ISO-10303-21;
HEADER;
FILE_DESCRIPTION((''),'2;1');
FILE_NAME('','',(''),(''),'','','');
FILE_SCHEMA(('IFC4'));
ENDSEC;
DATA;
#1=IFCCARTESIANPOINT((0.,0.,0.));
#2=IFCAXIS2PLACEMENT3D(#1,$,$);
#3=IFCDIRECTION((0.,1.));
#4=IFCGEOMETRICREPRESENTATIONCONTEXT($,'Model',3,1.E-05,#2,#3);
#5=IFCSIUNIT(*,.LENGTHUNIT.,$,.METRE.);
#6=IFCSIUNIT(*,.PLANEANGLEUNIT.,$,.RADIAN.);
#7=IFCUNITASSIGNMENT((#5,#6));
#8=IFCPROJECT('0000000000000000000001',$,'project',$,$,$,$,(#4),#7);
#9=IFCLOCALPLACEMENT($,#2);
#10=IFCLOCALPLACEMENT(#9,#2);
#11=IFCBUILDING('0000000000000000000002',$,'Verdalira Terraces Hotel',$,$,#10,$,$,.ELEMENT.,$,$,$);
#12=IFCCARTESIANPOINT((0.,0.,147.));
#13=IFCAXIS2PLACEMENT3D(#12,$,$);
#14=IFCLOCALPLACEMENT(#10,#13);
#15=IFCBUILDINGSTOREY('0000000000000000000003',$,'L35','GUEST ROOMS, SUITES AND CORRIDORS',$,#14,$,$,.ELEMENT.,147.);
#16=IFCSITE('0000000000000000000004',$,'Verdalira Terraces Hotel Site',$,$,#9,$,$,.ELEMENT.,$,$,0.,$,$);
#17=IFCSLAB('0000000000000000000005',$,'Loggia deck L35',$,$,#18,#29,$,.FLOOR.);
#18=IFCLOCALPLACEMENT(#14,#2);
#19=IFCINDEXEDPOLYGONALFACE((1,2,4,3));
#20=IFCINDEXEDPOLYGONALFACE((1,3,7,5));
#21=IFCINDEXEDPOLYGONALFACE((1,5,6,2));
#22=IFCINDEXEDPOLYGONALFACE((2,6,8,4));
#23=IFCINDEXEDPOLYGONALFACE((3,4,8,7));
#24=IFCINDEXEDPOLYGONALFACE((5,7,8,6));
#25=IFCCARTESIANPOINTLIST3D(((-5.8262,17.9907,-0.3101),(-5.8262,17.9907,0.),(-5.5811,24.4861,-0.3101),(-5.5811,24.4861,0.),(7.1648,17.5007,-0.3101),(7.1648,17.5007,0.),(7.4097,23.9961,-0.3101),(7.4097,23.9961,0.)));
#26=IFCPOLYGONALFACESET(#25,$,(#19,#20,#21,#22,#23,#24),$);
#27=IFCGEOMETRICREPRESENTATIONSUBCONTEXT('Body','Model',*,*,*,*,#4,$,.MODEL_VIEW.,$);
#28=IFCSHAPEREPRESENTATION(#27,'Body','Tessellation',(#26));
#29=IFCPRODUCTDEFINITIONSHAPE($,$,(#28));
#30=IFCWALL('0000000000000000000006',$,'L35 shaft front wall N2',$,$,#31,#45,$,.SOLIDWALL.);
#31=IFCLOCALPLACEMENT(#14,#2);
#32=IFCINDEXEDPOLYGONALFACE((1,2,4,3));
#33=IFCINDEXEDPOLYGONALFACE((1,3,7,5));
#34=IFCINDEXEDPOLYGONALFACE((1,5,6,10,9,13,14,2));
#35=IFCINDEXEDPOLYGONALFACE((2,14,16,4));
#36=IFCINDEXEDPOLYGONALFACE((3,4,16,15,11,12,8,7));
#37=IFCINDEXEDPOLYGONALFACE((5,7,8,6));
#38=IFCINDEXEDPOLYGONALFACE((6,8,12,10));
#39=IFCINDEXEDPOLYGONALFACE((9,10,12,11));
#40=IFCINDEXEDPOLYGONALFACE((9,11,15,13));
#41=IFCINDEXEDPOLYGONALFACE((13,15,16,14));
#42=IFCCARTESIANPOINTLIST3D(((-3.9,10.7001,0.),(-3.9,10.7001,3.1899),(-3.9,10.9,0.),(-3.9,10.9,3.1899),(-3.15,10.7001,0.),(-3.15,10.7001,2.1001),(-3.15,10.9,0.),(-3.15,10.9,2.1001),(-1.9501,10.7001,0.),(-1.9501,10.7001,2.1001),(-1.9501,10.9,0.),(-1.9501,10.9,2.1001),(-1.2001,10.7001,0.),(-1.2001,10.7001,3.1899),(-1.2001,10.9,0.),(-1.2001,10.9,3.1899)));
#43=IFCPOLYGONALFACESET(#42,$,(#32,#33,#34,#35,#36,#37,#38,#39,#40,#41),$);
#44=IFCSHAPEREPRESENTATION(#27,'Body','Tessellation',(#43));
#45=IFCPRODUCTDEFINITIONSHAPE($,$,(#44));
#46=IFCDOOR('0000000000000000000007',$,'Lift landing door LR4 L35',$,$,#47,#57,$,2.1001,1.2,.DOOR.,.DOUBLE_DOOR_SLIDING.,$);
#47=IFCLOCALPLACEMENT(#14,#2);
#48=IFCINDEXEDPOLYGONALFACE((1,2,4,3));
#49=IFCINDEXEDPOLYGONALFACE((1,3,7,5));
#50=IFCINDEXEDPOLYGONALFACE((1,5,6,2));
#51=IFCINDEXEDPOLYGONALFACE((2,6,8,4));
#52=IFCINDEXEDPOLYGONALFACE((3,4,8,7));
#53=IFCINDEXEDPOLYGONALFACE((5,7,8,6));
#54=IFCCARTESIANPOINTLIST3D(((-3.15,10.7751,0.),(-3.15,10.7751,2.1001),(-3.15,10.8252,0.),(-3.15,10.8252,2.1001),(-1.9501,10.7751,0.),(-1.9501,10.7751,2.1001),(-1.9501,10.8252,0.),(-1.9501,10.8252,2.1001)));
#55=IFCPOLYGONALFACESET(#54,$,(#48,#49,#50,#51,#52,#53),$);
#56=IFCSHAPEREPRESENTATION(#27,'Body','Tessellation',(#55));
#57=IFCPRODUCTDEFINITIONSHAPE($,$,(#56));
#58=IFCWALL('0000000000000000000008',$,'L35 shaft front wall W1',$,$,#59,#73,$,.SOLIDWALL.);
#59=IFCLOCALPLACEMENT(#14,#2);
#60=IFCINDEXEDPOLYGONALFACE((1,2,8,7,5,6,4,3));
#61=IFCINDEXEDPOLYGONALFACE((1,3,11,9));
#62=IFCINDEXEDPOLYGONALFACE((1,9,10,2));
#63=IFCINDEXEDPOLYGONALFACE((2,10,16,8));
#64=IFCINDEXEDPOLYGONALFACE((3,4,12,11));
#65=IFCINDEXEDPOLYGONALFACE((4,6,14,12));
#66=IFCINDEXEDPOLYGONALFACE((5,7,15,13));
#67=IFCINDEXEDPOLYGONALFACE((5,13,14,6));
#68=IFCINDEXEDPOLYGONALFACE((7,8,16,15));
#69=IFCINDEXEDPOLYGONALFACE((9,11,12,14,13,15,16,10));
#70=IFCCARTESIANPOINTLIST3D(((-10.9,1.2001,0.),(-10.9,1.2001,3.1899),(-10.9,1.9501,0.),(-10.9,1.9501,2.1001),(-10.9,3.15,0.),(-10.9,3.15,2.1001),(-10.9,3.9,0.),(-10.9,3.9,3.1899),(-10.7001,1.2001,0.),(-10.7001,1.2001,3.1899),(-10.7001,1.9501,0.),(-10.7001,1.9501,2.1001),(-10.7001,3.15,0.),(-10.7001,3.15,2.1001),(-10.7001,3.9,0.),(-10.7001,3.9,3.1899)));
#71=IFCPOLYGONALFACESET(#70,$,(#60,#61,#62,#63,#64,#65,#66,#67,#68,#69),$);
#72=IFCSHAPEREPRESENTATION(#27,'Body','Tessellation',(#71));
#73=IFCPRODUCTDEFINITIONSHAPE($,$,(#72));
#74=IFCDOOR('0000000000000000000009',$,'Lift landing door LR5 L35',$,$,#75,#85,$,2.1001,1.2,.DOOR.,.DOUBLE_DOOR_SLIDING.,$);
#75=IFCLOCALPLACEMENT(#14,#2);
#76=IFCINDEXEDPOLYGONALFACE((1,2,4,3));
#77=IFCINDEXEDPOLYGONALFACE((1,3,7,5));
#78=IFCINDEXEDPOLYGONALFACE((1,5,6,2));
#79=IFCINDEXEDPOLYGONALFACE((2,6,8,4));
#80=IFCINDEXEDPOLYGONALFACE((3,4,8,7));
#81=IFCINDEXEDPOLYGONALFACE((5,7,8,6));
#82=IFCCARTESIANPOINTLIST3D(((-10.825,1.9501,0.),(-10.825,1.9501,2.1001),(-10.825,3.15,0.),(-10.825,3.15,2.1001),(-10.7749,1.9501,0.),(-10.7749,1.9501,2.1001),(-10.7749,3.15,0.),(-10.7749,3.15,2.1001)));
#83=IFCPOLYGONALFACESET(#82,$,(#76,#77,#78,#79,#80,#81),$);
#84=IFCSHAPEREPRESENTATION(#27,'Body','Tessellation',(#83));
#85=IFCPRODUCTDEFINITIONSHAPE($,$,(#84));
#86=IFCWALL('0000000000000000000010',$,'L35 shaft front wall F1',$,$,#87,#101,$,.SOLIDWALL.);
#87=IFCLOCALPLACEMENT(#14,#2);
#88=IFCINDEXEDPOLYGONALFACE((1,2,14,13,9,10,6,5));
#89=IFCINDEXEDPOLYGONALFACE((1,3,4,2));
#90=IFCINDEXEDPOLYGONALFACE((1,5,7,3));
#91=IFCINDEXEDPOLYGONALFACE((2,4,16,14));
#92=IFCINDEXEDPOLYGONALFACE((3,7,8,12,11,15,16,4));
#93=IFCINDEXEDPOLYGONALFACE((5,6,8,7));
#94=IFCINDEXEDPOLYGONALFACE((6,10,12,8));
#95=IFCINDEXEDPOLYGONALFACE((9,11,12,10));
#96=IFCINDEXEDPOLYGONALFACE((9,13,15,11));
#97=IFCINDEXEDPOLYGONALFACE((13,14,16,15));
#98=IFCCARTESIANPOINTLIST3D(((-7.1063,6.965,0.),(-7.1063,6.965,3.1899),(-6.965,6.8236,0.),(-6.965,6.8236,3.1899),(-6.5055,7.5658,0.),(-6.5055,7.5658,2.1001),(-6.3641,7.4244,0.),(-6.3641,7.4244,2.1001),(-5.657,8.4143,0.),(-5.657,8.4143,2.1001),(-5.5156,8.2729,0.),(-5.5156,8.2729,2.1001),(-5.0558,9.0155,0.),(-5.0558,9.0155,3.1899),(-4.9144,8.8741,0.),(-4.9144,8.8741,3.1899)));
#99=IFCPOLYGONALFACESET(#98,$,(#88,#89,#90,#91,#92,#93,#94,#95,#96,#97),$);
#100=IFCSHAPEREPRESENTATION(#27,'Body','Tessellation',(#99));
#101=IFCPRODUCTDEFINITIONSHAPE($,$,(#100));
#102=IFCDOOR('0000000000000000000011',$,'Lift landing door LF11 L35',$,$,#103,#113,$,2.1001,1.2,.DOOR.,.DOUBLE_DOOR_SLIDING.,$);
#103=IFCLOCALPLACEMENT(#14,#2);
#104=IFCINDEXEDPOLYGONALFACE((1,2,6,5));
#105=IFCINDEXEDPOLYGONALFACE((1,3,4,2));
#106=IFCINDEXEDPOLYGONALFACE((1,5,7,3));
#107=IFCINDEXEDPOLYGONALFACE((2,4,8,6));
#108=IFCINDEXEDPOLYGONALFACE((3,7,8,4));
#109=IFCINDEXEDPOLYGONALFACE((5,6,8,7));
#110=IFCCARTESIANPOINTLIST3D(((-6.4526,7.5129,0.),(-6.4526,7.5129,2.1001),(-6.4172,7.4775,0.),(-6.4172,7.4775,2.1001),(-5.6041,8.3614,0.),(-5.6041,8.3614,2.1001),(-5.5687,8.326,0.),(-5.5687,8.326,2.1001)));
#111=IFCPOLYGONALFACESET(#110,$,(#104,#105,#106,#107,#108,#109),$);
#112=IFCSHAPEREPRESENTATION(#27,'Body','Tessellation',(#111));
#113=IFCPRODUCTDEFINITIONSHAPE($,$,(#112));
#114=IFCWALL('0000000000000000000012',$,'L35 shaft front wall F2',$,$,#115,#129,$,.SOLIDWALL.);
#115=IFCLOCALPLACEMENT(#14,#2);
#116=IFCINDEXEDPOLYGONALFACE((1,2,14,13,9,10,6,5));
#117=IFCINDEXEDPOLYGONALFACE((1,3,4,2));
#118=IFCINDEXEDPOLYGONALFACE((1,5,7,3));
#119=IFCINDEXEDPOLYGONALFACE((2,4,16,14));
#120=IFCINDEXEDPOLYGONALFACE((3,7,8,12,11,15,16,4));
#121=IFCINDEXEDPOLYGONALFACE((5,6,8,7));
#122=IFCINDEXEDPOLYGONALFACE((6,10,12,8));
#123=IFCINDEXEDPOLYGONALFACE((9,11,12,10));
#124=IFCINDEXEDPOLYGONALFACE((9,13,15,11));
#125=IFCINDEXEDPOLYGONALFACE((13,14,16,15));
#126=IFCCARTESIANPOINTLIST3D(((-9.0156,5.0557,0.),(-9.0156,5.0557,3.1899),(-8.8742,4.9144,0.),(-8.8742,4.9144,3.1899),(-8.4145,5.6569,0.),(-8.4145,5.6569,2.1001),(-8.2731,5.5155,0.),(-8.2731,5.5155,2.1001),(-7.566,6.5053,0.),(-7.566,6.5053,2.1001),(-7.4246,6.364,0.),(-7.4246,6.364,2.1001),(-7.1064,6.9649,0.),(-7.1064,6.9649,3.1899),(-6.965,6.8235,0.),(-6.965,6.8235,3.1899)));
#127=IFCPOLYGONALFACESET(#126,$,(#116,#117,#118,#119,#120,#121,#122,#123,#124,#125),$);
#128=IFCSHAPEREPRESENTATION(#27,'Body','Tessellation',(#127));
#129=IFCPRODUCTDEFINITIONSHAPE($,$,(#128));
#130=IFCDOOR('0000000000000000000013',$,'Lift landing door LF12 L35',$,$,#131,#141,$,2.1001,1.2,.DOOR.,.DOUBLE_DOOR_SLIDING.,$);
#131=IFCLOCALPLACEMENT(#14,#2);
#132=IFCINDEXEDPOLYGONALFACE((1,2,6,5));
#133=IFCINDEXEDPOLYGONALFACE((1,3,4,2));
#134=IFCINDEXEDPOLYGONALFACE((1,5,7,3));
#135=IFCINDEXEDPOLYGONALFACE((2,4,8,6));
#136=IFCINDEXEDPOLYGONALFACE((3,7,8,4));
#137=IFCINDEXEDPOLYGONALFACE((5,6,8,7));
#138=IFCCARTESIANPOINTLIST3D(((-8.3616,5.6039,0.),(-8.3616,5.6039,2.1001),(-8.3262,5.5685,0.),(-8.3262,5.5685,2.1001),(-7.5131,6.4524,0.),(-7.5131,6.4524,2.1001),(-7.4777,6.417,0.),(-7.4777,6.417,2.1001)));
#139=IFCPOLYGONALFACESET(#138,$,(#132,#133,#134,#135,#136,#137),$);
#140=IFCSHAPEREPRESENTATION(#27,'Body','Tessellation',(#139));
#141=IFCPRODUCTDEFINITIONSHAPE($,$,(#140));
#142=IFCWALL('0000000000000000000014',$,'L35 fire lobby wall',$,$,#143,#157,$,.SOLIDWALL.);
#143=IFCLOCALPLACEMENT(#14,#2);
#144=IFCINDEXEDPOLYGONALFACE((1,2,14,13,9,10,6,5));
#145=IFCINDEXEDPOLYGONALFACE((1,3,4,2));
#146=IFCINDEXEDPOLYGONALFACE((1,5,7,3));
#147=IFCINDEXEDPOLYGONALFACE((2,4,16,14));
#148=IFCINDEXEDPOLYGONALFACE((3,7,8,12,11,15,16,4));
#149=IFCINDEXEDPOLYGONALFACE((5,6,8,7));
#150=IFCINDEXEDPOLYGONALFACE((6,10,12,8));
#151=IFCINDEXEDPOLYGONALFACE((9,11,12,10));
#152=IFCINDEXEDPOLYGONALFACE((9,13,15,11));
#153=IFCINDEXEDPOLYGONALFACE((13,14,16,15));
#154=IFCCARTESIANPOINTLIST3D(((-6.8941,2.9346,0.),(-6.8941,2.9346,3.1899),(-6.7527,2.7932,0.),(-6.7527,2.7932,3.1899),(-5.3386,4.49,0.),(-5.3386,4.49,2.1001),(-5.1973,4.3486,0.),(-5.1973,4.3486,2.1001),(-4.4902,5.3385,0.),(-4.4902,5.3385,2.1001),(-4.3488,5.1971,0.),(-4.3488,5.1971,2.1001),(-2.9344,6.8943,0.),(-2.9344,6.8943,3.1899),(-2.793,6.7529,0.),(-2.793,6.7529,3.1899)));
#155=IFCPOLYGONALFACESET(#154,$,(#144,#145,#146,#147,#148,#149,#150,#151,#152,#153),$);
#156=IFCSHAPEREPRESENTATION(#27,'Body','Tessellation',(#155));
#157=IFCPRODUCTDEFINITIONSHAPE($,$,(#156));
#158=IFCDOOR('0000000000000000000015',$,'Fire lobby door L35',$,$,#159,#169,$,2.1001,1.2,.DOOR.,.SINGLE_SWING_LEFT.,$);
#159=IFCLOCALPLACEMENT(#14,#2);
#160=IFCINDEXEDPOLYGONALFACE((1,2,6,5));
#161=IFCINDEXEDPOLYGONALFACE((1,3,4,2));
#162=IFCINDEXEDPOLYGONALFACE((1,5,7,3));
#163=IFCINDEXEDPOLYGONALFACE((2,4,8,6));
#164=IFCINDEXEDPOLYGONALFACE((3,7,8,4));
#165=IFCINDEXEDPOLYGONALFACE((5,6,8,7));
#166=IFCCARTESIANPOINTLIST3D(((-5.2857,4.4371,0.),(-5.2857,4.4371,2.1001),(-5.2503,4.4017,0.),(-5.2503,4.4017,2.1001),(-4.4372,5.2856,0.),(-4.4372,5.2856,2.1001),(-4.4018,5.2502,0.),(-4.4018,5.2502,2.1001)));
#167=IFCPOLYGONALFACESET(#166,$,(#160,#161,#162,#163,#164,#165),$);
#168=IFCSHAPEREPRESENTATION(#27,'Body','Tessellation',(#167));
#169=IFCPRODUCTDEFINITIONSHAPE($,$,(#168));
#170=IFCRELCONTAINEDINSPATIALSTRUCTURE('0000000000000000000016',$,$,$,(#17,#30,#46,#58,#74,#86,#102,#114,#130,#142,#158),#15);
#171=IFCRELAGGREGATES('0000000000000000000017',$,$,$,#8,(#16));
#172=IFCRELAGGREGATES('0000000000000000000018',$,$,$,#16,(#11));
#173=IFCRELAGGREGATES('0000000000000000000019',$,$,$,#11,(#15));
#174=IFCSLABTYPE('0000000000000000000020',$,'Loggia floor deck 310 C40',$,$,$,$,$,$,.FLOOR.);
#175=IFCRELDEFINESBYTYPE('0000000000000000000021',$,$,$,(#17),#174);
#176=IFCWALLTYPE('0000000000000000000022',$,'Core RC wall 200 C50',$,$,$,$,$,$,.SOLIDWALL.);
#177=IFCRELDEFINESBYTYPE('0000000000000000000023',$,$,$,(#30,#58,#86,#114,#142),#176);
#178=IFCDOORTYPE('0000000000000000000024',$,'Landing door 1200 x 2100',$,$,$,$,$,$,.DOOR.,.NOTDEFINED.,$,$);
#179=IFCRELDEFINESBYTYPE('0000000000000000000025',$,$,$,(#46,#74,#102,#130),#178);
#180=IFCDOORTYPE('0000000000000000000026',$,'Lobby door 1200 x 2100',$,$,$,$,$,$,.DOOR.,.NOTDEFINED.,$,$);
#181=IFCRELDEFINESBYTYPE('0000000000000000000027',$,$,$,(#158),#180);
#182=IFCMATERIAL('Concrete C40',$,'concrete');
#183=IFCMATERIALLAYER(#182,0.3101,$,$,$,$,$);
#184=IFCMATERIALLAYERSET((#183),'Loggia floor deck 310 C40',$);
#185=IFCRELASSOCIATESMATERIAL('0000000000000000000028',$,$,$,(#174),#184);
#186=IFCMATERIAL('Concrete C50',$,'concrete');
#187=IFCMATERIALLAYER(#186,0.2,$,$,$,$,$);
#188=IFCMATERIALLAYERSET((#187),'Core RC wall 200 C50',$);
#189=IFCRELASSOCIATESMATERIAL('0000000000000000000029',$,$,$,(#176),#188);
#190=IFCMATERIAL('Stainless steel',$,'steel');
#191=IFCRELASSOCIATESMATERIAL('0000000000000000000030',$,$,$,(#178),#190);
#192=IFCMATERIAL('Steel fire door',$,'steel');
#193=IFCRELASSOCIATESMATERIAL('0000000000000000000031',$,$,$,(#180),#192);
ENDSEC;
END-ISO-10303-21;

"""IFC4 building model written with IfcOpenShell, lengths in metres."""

from ifc_helpers import new_model, si_unit, direction, frame, frame_2d, origin, place, context, subcontext, project, spatial, polyline, rectangle, outline, extrude, material, layer, layer_set, type_object, element, fill, save


model = new_model("IFC4")

# Units and contexts
model_context = context("Model", 3, precision=1e-05, world=origin(), true_north=direction((0.0, 1.0)))
body_context = subcontext(model_context, "Body", "Model", "MODEL_VIEW")
ifc_project = project(units=[si_unit("LENGTHUNIT", "METRE"), si_unit("PLANEANGLEUNIT", "RADIAN")], contexts=[model_context])

# Site, building, storey
site_placement = place(None, origin())
site = spatial("IfcSite", under=ifc_project, at=site_placement, Name="Verdalira Terraces Hotel Site", CompositionType="ELEMENT", RefElevation=0.0)
building_placement = place(site_placement, origin())
building = spatial("IfcBuilding", under=site, at=building_placement, Name="Verdalira Terraces Hotel", CompositionType="ELEMENT")
storey_placement = place(building_placement, frame((0.0, 0.0, 147.0)))
storey = spatial("IfcBuildingStorey", under=building, at=storey_placement, Name="L35", Description="GUEST ROOMS, SUITES AND CORRIDORS", CompositionType="ELEMENT", Elevation=147.0)

# Slab
ifc_material_1 = material(Name="Concrete C40", Category="concrete")
ifc_layer_1 = layer(ifc_material_1, 0.3101)
ifc_layer_set_1 = layer_set([ifc_layer_1], Name="Loggia floor deck 310 C40")
slab_type = type_object("IfcSlabType", Name="Loggia floor deck 310 C40", PredefinedType="FLOOR", material=ifc_layer_set_1)
slab_placement = place(storey_placement, frame((0.0, 0.0, -0.3101)))
element("IfcSlab", 1, at=slab_placement, inside=storey, type_object=slab_type, Name="Loggia deck L35", PredefinedType="FLOOR", context=body_context, shape_type="SweptSolid", body=[
    extrude(outline(polyline([(7.1648, 17.5007), (7.4097, 23.9961), (-5.5811, 24.4861), (-5.8262, 17.9907), (7.1648, 17.5007)])), origin(), (0.0, 0.0, 1.0), 0.3101),
])

# Walls, openings, doors
ifc_material_2 = material(Name="Concrete C50", Category="concrete")
ifc_layer_2 = layer(ifc_material_2, 0.2)
ifc_layer_set_2 = layer_set([ifc_layer_2], Name="Core RC wall 200 C50")
wall_type_1 = type_object("IfcWallType", Name="Core RC wall 200 C50", PredefinedType="SOLIDWALL", material=ifc_layer_set_2)
wall_1_placement = place(storey_placement, frame((-1.2, 10.8, 0.0), z_axis=(0.0, 0.0, 1.0), x_axis=(-1.0, 0.0, 0.0)))
wall_1 = element("IfcWall", 2, at=wall_1_placement, inside=storey, type_object=wall_type_1, Name="L35 shaft front wall N2", PredefinedType="SOLIDWALL", context=body_context, shape_type="SweptSolid", body=[
    extrude(rectangle(XDim=2.7, YDim=0.2, at=frame_2d((1.3501, 0.0))), origin(), (0.0, 0.0, 1.0), 3.1899),
])
opening_1_placement = place(wall_1_placement, frame((0.75, 0.0, 0.0)))
opening_1 = element("IfcOpeningElement", 3, at=opening_1_placement, cuts=wall_1, PredefinedType="OPENING", context=body_context, shape_type="SweptSolid", body=[
    extrude(rectangle(XDim=1.2, YDim=2.1001, at=frame_2d((0.6001, 1.05))), frame((0.0, 0.1099, 0.0), z_axis=(0.0, -1.0, 0.0), x_axis=(1.0, 0.0, 0.0)), (0.0, 0.0, 1.0), 0.22),
])
ifc_material_3 = material(Name="Stainless steel", Category="steel")
door_type_1 = type_object("IfcDoorType", Name="Landing door 1200 x 2100", OperationType="NOTDEFINED", PredefinedType="DOOR", material=ifc_material_3)
door_1_placement = place(opening_1_placement, origin())
door_1 = element("IfcDoor", 4, at=door_1_placement, inside=storey, type_object=door_type_1, Name="Lift landing door LR4 L35", OperationType="DOUBLE_DOOR_SLIDING", OverallHeight=2.1001, OverallWidth=1.2, PredefinedType="DOOR", context=body_context, shape_type="SweptSolid", body=[
    extrude(rectangle(XDim=1.2, YDim=2.1001, at=frame_2d((0.6001, 1.05))), frame((0.0, 0.0249, 0.0), z_axis=(0.0, -1.0, 0.0), x_axis=(1.0, 0.0, 0.0)), (0.0, 0.0, 1.0), 0.05),
])
fill(opening_1, door_1)
wall_2_placement = place(storey_placement, frame((-10.8, 1.2, 0.0), z_axis=(0.0, 0.0, 1.0), x_axis=(0.0, 1.0, 0.0)))
wall_2 = element("IfcWall", 5, at=wall_2_placement, inside=storey, type_object=wall_type_1, Name="L35 shaft front wall W1", PredefinedType="SOLIDWALL", context=body_context, shape_type="SweptSolid", body=[
    extrude(rectangle(XDim=2.7, YDim=0.2, at=frame_2d((1.3501, 0.0))), origin(), (0.0, 0.0, 1.0), 3.1899),
])
opening_2_placement = place(wall_2_placement, frame((0.75, 0.0, 0.0)))
opening_2 = element("IfcOpeningElement", 6, at=opening_2_placement, cuts=wall_2, PredefinedType="OPENING", context=body_context, shape_type="SweptSolid", body=[
    extrude(rectangle(XDim=1.2, YDim=2.1001, at=frame_2d((0.6001, 1.05))), frame((0.0, 0.1099, 0.0), z_axis=(0.0, -1.0, 0.0), x_axis=(1.0, 0.0, 0.0)), (0.0, 0.0, 1.0), 0.22),
])
door_2_placement = place(opening_2_placement, origin())
door_2 = element("IfcDoor", 7, at=door_2_placement, inside=storey, type_object=door_type_1, Name="Lift landing door LR5 L35", OperationType="DOUBLE_DOOR_SLIDING", OverallHeight=2.1001, OverallWidth=1.2, PredefinedType="DOOR", context=body_context, shape_type="SweptSolid", body=[
    extrude(rectangle(XDim=1.2, YDim=2.1001, at=frame_2d((0.6001, 1.05))), frame((0.0, 0.0249, 0.0), z_axis=(0.0, -1.0, 0.0), x_axis=(1.0, 0.0, 0.0)), (0.0, 0.0, 1.0), 0.05),
])
fill(opening_2, door_2)
wall_3_placement = place(storey_placement, frame((-4.9851, 8.9448, 0.0), z_axis=(0.0, 0.0, 1.0), x_axis=(-0.707107, -0.707107, 0.0)))
wall_3 = element("IfcWall", 8, at=wall_3_placement, inside=storey, type_object=wall_type_1, Name="L35 shaft front wall F1", PredefinedType="SOLIDWALL", context=body_context, shape_type="SweptSolid", body=[
    extrude(rectangle(XDim=2.8999, YDim=0.2, at=frame_2d((1.45, 0.0))), origin(), (0.0, 0.0, 1.0), 3.1899),
])
opening_3_placement = place(wall_3_placement, frame((0.8501, 0.0, 0.0)))
opening_3 = element("IfcOpeningElement", 9, at=opening_3_placement, cuts=wall_3, PredefinedType="OPENING", context=body_context, shape_type="SweptSolid", body=[
    extrude(rectangle(XDim=1.2, YDim=2.1001, at=frame_2d((0.6001, 1.05))), frame((0.0, 0.1099, 0.0), z_axis=(0.0, -1.0, 0.0), x_axis=(1.0, 0.0, 0.0)), (0.0, 0.0, 1.0), 0.22),
])
door_3_placement = place(opening_3_placement, origin())
door_3 = element("IfcDoor", 10, at=door_3_placement, inside=storey, type_object=door_type_1, Name="Lift landing door LF11 L35", OperationType="DOUBLE_DOOR_SLIDING", OverallHeight=2.1001, OverallWidth=1.2, PredefinedType="DOOR", context=body_context, shape_type="SweptSolid", body=[
    extrude(rectangle(XDim=1.2, YDim=2.1001, at=frame_2d((0.6001, 1.05))), frame((0.0, 0.0249, 0.0), z_axis=(0.0, -1.0, 0.0), x_axis=(1.0, 0.0, 0.0)), (0.0, 0.0, 1.0), 0.05),
])
fill(opening_3, door_3)
wall_4_placement = place(storey_placement, frame((-7.0356, 6.8943, 0.0), z_axis=(0.0, 0.0, 1.0), x_axis=(-0.707107, -0.707107, 0.0)))
wall_4 = element("IfcWall", 11, at=wall_4_placement, inside=storey, type_object=wall_type_1, Name="L35 shaft front wall F2", PredefinedType="SOLIDWALL", context=body_context, shape_type="SweptSolid", body=[
    extrude(rectangle(XDim=2.7, YDim=0.2, at=frame_2d((1.3501, 0.0))), origin(), (0.0, 0.0, 1.0), 3.1899),
])
opening_4_placement = place(wall_4_placement, frame((0.6499, 0.0, 0.0)))
opening_4 = element("IfcOpeningElement", 12, at=opening_4_placement, cuts=wall_4, PredefinedType="OPENING", context=body_context, shape_type="SweptSolid", body=[
    extrude(rectangle(XDim=1.2, YDim=2.1001, at=frame_2d((0.6001, 1.05))), frame((0.0, 0.1099, 0.0), z_axis=(0.0, -1.0, 0.0), x_axis=(1.0, 0.0, 0.0)), (0.0, 0.0, 1.0), 0.22),
])
door_4_placement = place(opening_4_placement, origin())
door_4 = element("IfcDoor", 13, at=door_4_placement, inside=storey, type_object=door_type_1, Name="Lift landing door LF12 L35", OperationType="DOUBLE_DOOR_SLIDING", OverallHeight=2.1001, OverallWidth=1.2, PredefinedType="DOOR", context=body_context, shape_type="SweptSolid", body=[
    extrude(rectangle(XDim=1.2, YDim=2.1001, at=frame_2d((0.6001, 1.05))), frame((0.0, 0.0249, 0.0), z_axis=(0.0, -1.0, 0.0), x_axis=(1.0, 0.0, 0.0)), (0.0, 0.0, 1.0), 0.05),
])
fill(opening_4, door_4)
wall_5_placement = place(storey_placement, frame((-2.8638, 6.8235, 0.0), z_axis=(0.0, 0.0, 1.0), x_axis=(-0.707107, -0.707107, 0.0)))
wall_5 = element("IfcWall", 14, at=wall_5_placement, inside=storey, type_object=wall_type_1, Name="L35 fire lobby wall", PredefinedType="SOLIDWALL", context=body_context, shape_type="SweptSolid", body=[
    extrude(rectangle(XDim=5.5999, YDim=0.2, at=frame_2d((2.7998, 0.0))), origin(), (0.0, 0.0, 1.0), 3.1899),
])
opening_5_placement = place(wall_5_placement, frame((2.2, 0.0, 0.0)))
opening_5 = element("IfcOpeningElement", 15, at=opening_5_placement, cuts=wall_5, PredefinedType="OPENING", context=body_context, shape_type="SweptSolid", body=[
    extrude(rectangle(XDim=1.2, YDim=2.1001, at=frame_2d((0.6001, 1.05))), frame((0.0, 0.1099, 0.0), z_axis=(0.0, -1.0, 0.0), x_axis=(1.0, 0.0, 0.0)), (0.0, 0.0, 1.0), 0.22),
])
ifc_material_4 = material(Name="Steel fire door", Category="steel")
door_type_2 = type_object("IfcDoorType", Name="Lobby door 1200 x 2100", OperationType="NOTDEFINED", PredefinedType="DOOR", material=ifc_material_4)
door_5_placement = place(opening_5_placement, origin())
door_5 = element("IfcDoor", 16, at=door_5_placement, inside=storey, type_object=door_type_2, Name="Fire lobby door L35", OperationType="SINGLE_SWING_LEFT", OverallHeight=2.1001, OverallWidth=1.2, PredefinedType="DOOR", context=body_context, shape_type="SweptSolid", body=[
    extrude(rectangle(XDim=1.2, YDim=2.1001, at=frame_2d((0.6001, 1.05))), frame((0.0, 0.0249, 0.0), z_axis=(0.0, -1.0, 0.0), x_axis=(1.0, 0.0, 0.0)), (0.0, 0.0, 1.0), 0.05),
])
fill(opening_5, door_5)

save(model, "model.ifc")
